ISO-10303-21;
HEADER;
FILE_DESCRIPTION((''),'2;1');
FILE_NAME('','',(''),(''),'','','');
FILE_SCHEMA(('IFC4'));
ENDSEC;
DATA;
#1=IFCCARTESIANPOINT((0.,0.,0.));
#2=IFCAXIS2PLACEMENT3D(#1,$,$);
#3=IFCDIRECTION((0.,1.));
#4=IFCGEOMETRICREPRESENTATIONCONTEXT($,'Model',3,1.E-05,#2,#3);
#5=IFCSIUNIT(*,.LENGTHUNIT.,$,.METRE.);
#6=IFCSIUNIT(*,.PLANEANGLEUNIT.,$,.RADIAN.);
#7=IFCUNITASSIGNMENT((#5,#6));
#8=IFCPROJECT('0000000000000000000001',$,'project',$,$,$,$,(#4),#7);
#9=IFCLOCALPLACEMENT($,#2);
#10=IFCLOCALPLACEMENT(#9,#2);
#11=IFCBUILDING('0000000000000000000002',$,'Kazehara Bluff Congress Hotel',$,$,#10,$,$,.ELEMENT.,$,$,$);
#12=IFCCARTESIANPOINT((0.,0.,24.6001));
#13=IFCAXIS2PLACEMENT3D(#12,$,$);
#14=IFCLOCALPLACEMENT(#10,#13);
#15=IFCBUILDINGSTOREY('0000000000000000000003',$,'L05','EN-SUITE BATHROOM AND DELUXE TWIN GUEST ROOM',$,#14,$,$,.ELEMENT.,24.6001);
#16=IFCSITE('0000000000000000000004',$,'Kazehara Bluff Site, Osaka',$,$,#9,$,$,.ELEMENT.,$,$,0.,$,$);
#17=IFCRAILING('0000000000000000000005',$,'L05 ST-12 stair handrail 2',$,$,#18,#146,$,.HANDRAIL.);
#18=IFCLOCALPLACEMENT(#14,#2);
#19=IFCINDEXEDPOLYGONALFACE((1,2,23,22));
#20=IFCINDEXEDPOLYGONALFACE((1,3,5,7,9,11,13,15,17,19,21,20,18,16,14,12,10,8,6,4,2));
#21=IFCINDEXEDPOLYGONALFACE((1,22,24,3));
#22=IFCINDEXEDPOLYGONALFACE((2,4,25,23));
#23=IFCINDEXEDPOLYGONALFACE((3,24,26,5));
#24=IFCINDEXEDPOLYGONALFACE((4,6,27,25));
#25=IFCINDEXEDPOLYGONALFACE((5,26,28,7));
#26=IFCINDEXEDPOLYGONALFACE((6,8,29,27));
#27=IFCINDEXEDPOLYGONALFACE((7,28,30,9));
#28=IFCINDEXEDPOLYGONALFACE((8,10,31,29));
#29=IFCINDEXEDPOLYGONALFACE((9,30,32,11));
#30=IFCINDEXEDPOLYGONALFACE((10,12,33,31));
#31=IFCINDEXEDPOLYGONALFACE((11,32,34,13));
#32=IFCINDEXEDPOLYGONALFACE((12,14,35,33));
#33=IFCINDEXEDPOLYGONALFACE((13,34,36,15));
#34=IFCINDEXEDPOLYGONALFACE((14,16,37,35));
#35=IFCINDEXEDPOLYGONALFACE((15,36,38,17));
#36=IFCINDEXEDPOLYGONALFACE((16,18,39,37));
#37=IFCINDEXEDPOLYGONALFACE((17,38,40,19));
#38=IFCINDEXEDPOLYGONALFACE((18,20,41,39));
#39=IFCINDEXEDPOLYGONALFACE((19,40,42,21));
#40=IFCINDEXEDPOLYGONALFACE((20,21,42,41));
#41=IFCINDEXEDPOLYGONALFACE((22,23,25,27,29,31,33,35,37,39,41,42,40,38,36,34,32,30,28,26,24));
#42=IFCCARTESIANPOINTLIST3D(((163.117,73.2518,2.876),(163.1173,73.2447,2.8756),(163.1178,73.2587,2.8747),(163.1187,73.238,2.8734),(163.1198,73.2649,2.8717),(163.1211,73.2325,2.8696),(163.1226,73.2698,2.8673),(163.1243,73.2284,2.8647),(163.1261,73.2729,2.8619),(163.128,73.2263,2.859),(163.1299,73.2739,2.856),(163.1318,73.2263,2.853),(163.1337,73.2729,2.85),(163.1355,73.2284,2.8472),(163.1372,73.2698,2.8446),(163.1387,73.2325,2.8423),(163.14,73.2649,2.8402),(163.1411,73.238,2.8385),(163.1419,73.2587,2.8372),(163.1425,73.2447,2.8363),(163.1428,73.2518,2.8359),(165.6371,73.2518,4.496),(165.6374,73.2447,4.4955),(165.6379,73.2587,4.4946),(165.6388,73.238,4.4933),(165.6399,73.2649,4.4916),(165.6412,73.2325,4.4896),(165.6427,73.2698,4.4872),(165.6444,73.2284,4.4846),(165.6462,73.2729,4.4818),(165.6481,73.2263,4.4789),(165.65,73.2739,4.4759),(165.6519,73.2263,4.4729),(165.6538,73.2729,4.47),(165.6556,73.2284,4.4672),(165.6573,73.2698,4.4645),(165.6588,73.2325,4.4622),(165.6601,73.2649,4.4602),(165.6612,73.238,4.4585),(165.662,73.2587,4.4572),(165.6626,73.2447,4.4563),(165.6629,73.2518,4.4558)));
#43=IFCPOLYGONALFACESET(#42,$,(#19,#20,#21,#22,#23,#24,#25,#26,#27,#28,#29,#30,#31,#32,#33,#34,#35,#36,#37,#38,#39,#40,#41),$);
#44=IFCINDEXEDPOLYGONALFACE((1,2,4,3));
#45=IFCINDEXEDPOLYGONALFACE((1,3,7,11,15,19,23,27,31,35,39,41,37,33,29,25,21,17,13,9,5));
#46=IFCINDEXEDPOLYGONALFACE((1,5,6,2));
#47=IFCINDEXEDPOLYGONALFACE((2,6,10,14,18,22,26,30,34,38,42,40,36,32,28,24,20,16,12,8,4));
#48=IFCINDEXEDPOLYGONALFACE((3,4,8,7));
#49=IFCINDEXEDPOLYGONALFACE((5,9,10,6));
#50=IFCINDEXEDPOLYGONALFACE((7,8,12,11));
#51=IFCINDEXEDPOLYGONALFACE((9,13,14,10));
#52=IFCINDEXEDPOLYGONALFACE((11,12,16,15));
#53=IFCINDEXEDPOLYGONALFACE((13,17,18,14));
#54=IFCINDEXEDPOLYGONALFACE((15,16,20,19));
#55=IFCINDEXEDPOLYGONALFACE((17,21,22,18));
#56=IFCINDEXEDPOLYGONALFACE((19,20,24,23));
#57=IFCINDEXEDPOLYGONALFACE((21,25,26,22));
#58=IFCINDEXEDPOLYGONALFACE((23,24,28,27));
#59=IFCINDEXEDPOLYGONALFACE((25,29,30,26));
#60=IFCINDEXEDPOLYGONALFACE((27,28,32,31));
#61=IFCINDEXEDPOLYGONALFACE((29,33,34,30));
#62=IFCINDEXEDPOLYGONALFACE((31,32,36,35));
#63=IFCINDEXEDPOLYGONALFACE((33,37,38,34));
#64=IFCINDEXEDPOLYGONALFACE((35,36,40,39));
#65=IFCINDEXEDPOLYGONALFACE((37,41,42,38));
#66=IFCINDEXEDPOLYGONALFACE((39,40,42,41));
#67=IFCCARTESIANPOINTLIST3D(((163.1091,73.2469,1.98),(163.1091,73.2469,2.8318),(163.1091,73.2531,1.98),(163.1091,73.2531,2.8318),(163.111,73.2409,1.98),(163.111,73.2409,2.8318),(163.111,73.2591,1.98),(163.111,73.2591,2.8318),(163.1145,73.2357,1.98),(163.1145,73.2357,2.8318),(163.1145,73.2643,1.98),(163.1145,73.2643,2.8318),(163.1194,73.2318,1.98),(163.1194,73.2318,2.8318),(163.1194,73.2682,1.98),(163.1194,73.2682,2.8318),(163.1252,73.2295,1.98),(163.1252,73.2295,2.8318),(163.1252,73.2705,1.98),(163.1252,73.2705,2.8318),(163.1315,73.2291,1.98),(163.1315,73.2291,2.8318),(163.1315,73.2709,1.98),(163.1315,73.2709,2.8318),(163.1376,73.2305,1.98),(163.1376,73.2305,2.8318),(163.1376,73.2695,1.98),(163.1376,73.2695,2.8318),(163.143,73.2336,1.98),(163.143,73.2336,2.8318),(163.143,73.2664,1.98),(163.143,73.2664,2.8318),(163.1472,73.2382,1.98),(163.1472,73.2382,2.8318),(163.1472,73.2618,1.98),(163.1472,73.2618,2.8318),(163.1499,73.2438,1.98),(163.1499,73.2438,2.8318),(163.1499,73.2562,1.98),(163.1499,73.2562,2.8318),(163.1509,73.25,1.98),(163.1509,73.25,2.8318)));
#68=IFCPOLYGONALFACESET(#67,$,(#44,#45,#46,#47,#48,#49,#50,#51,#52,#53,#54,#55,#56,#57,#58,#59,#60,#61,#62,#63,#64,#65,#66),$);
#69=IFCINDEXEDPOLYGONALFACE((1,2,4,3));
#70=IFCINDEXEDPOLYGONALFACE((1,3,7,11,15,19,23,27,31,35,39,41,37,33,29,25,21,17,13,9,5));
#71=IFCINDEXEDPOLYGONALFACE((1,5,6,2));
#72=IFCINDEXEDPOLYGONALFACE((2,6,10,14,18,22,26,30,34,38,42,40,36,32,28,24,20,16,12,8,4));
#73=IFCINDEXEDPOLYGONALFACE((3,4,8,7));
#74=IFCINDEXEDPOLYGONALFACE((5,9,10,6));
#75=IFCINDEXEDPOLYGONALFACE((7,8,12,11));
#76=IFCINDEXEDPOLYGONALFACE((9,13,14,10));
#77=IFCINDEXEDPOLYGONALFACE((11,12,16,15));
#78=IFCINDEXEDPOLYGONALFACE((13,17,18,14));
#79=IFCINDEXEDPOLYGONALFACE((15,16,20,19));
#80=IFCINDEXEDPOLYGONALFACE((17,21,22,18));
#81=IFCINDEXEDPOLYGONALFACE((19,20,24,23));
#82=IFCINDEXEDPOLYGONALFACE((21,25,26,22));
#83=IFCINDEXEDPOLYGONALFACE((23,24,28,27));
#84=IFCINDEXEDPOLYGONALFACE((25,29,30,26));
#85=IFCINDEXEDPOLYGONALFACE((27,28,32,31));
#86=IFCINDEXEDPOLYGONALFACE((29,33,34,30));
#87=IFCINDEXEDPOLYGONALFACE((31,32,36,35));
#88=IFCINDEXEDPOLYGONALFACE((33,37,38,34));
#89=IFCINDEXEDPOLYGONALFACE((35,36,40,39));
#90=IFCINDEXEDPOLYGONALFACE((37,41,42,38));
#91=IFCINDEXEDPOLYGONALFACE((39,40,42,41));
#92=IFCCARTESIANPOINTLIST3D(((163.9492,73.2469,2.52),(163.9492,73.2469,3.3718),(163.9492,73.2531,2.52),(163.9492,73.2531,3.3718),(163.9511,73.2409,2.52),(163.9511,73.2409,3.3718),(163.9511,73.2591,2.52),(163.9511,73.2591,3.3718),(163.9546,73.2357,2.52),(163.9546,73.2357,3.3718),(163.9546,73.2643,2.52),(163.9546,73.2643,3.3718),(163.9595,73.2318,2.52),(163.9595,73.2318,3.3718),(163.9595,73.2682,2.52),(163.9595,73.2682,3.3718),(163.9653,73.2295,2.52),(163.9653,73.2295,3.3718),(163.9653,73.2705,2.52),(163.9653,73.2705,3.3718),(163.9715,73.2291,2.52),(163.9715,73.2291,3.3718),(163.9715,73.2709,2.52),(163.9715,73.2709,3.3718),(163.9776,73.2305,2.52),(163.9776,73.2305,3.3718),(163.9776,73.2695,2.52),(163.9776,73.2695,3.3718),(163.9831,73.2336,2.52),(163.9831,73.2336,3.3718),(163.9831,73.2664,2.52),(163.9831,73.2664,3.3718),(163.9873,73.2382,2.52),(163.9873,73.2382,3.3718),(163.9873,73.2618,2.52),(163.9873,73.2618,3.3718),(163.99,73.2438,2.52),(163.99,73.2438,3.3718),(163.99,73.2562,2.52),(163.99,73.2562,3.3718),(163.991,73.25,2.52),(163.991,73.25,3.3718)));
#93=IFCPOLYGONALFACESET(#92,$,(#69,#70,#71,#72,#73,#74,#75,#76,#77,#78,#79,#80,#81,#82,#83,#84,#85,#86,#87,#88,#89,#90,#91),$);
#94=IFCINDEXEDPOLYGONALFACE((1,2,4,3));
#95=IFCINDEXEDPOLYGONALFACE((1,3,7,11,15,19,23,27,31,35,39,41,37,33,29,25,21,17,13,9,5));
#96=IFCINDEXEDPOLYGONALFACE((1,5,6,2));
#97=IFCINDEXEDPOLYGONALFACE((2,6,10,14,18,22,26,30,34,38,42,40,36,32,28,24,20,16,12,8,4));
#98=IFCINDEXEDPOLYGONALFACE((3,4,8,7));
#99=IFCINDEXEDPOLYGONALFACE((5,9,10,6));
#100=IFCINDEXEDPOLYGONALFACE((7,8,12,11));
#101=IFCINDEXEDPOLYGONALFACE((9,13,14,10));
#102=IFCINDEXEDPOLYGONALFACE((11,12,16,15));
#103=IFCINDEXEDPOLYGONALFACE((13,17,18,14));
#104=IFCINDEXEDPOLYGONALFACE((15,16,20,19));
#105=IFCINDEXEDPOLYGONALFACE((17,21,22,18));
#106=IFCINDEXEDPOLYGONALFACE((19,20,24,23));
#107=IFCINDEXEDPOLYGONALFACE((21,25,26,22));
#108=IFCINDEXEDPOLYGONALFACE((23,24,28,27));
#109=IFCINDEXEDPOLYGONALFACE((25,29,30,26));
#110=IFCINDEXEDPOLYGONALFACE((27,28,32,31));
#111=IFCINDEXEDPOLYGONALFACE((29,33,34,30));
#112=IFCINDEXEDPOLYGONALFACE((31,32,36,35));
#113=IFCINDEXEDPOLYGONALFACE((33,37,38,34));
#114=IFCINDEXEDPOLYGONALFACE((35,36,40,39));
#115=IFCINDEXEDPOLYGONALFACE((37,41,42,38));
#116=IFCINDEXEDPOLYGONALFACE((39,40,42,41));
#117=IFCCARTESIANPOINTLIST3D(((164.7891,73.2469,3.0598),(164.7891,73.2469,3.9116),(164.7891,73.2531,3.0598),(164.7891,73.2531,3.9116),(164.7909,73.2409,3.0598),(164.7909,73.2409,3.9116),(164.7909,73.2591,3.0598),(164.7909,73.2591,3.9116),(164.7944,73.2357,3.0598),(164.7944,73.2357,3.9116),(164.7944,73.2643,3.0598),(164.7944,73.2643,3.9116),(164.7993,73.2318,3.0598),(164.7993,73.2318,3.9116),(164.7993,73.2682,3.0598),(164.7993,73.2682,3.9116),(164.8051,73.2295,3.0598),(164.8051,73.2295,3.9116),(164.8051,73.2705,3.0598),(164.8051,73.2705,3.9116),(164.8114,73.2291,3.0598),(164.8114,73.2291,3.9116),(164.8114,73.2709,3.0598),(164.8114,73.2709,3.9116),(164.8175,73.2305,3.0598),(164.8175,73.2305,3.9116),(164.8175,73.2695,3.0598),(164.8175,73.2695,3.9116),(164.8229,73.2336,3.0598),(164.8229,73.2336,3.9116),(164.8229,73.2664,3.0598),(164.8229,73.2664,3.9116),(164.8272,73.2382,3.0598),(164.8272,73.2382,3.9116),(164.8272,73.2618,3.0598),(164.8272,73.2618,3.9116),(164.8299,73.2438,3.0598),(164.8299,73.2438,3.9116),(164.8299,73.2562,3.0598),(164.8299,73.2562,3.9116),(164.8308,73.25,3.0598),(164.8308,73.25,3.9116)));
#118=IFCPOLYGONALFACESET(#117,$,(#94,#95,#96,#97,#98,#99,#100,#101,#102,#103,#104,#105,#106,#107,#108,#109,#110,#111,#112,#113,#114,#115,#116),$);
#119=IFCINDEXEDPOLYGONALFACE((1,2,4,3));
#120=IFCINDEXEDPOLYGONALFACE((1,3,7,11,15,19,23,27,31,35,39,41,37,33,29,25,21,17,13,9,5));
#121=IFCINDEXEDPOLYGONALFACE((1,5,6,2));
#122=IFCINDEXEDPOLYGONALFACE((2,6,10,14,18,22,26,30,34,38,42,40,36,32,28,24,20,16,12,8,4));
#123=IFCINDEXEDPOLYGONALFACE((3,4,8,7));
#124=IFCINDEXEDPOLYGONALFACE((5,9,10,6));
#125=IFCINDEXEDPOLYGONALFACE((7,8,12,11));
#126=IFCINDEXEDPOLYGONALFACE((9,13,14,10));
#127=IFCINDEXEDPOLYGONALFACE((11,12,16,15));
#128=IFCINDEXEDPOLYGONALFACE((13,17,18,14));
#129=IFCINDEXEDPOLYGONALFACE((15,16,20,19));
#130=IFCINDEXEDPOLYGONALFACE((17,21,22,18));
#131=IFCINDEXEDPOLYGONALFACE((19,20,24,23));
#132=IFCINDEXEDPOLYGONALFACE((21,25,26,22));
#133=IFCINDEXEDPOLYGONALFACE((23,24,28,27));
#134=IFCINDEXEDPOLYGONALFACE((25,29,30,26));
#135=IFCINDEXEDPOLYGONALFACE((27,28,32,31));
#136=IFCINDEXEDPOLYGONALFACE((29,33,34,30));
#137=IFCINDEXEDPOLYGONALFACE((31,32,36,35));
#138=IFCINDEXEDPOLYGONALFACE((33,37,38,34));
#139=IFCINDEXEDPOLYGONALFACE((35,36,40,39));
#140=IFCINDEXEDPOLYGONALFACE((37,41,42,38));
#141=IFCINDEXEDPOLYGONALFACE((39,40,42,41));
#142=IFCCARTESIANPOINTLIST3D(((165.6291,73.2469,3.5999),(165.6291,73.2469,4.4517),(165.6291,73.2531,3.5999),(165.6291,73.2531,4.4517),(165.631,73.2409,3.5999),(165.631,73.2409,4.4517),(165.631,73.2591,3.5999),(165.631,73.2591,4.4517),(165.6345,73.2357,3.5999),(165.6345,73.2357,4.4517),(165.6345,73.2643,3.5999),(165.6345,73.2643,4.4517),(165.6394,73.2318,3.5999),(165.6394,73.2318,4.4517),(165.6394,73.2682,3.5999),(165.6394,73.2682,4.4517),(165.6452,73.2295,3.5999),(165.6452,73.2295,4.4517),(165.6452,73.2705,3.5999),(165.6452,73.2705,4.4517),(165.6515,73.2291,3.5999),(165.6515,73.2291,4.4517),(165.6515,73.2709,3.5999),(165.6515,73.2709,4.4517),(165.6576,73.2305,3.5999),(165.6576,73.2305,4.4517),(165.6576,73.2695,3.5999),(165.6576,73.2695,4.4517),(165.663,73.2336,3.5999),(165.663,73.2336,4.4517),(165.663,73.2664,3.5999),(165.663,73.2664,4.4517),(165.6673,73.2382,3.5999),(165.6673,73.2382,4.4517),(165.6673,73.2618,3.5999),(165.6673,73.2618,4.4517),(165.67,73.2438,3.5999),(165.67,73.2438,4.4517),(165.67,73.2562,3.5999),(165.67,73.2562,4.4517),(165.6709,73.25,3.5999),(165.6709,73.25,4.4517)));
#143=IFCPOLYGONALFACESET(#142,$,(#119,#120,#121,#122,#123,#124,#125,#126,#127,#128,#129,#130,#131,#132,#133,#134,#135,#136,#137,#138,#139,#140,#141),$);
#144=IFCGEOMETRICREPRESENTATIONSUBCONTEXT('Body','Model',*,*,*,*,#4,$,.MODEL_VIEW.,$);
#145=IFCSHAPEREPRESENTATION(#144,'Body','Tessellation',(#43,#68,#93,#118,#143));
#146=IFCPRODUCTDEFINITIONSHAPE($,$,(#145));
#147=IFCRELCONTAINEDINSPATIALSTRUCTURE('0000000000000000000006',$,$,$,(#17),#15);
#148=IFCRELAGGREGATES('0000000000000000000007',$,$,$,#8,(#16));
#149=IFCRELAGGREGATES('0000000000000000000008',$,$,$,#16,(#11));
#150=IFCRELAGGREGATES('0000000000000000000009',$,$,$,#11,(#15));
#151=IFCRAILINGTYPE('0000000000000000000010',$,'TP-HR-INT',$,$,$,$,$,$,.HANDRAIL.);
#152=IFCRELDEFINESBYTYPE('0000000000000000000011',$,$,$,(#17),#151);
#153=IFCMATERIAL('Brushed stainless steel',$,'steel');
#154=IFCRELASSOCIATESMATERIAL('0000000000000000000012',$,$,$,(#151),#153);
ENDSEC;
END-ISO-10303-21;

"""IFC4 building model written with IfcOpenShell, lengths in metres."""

from ifc_helpers import new_model, si_unit, direction, frame, origin, origin_2d, place, context, subcontext, project, spatial, circle, extrude, material, type_object, element, save


model = new_model("IFC4")

# Units and contexts
model_context = context("Model", 3, precision=1e-05, world=origin(), true_north=direction((0.0, 1.0)))
body_context = subcontext(model_context, "Body", "Model", "MODEL_VIEW")
ifc_project = project(units=[si_unit("LENGTHUNIT", "METRE"), si_unit("PLANEANGLEUNIT", "RADIAN")], contexts=[model_context])

# Site, building, storey
site_placement = place(None, origin())
site = spatial("IfcSite", under=ifc_project, at=site_placement, Name="Kazehara Bluff Site, Osaka", CompositionType="ELEMENT", RefElevation=0.0)
building_placement = place(site_placement, origin())
building = spatial("IfcBuilding", under=site, at=building_placement, Name="Kazehara Bluff Congress Hotel", CompositionType="ELEMENT")
storey_placement = place(building_placement, frame((0.0, 0.0, 24.6001)))
storey = spatial("IfcBuildingStorey", under=building, at=storey_placement, Name="L05", Description="EN-SUITE BATHROOM AND DELUXE TWIN GUEST ROOM", CompositionType="ELEMENT", Elevation=24.6001)

# Railing
ifc_material_1 = material(Name="Brushed stainless steel", Category="steel")
railing_type_1 = type_object("IfcRailingType", Name="TP-HR-INT", PredefinedType="HANDRAIL", material=ifc_material_1)
railing_1_placement = place(storey_placement, frame((163.1299, 73.25, 1.98)))
element("IfcRailing", 1, at=railing_1_placement, inside=storey, type_object=railing_type_1, Name="L05 ST-12 stair handrail 2", PredefinedType="HANDRAIL", context=body_context, shape_type="SweptSolid", body=[
    extrude(circle(Radius=0.0239, at=origin_2d()), frame((0.0, 0.0, 0.876), z_axis=(0.8412, 0.0, 0.540725), x_axis=(0.0, 1.0, 0.0)), (0.0, 0.0, 1.0), 2.9958),
    extrude(circle(Radius=0.021, at=origin_2d()), origin(), (0.0, 0.0, 1.0), 0.8518),
    extrude(circle(Radius=0.021, at=origin_2d()), frame((0.8401, 0.0, 0.54)), (0.0, 0.0, 1.0), 0.8518),
    extrude(circle(Radius=0.021, at=origin_2d()), frame((1.6799, 0.0, 1.0798)), (0.0, 0.0, 1.0), 0.8518),
    extrude(circle(Radius=0.021, at=origin_2d()), frame((2.52, 0.0, 1.6199)), (0.0, 0.0, 1.0), 0.8518),
])

save(model, "model.ifc")
